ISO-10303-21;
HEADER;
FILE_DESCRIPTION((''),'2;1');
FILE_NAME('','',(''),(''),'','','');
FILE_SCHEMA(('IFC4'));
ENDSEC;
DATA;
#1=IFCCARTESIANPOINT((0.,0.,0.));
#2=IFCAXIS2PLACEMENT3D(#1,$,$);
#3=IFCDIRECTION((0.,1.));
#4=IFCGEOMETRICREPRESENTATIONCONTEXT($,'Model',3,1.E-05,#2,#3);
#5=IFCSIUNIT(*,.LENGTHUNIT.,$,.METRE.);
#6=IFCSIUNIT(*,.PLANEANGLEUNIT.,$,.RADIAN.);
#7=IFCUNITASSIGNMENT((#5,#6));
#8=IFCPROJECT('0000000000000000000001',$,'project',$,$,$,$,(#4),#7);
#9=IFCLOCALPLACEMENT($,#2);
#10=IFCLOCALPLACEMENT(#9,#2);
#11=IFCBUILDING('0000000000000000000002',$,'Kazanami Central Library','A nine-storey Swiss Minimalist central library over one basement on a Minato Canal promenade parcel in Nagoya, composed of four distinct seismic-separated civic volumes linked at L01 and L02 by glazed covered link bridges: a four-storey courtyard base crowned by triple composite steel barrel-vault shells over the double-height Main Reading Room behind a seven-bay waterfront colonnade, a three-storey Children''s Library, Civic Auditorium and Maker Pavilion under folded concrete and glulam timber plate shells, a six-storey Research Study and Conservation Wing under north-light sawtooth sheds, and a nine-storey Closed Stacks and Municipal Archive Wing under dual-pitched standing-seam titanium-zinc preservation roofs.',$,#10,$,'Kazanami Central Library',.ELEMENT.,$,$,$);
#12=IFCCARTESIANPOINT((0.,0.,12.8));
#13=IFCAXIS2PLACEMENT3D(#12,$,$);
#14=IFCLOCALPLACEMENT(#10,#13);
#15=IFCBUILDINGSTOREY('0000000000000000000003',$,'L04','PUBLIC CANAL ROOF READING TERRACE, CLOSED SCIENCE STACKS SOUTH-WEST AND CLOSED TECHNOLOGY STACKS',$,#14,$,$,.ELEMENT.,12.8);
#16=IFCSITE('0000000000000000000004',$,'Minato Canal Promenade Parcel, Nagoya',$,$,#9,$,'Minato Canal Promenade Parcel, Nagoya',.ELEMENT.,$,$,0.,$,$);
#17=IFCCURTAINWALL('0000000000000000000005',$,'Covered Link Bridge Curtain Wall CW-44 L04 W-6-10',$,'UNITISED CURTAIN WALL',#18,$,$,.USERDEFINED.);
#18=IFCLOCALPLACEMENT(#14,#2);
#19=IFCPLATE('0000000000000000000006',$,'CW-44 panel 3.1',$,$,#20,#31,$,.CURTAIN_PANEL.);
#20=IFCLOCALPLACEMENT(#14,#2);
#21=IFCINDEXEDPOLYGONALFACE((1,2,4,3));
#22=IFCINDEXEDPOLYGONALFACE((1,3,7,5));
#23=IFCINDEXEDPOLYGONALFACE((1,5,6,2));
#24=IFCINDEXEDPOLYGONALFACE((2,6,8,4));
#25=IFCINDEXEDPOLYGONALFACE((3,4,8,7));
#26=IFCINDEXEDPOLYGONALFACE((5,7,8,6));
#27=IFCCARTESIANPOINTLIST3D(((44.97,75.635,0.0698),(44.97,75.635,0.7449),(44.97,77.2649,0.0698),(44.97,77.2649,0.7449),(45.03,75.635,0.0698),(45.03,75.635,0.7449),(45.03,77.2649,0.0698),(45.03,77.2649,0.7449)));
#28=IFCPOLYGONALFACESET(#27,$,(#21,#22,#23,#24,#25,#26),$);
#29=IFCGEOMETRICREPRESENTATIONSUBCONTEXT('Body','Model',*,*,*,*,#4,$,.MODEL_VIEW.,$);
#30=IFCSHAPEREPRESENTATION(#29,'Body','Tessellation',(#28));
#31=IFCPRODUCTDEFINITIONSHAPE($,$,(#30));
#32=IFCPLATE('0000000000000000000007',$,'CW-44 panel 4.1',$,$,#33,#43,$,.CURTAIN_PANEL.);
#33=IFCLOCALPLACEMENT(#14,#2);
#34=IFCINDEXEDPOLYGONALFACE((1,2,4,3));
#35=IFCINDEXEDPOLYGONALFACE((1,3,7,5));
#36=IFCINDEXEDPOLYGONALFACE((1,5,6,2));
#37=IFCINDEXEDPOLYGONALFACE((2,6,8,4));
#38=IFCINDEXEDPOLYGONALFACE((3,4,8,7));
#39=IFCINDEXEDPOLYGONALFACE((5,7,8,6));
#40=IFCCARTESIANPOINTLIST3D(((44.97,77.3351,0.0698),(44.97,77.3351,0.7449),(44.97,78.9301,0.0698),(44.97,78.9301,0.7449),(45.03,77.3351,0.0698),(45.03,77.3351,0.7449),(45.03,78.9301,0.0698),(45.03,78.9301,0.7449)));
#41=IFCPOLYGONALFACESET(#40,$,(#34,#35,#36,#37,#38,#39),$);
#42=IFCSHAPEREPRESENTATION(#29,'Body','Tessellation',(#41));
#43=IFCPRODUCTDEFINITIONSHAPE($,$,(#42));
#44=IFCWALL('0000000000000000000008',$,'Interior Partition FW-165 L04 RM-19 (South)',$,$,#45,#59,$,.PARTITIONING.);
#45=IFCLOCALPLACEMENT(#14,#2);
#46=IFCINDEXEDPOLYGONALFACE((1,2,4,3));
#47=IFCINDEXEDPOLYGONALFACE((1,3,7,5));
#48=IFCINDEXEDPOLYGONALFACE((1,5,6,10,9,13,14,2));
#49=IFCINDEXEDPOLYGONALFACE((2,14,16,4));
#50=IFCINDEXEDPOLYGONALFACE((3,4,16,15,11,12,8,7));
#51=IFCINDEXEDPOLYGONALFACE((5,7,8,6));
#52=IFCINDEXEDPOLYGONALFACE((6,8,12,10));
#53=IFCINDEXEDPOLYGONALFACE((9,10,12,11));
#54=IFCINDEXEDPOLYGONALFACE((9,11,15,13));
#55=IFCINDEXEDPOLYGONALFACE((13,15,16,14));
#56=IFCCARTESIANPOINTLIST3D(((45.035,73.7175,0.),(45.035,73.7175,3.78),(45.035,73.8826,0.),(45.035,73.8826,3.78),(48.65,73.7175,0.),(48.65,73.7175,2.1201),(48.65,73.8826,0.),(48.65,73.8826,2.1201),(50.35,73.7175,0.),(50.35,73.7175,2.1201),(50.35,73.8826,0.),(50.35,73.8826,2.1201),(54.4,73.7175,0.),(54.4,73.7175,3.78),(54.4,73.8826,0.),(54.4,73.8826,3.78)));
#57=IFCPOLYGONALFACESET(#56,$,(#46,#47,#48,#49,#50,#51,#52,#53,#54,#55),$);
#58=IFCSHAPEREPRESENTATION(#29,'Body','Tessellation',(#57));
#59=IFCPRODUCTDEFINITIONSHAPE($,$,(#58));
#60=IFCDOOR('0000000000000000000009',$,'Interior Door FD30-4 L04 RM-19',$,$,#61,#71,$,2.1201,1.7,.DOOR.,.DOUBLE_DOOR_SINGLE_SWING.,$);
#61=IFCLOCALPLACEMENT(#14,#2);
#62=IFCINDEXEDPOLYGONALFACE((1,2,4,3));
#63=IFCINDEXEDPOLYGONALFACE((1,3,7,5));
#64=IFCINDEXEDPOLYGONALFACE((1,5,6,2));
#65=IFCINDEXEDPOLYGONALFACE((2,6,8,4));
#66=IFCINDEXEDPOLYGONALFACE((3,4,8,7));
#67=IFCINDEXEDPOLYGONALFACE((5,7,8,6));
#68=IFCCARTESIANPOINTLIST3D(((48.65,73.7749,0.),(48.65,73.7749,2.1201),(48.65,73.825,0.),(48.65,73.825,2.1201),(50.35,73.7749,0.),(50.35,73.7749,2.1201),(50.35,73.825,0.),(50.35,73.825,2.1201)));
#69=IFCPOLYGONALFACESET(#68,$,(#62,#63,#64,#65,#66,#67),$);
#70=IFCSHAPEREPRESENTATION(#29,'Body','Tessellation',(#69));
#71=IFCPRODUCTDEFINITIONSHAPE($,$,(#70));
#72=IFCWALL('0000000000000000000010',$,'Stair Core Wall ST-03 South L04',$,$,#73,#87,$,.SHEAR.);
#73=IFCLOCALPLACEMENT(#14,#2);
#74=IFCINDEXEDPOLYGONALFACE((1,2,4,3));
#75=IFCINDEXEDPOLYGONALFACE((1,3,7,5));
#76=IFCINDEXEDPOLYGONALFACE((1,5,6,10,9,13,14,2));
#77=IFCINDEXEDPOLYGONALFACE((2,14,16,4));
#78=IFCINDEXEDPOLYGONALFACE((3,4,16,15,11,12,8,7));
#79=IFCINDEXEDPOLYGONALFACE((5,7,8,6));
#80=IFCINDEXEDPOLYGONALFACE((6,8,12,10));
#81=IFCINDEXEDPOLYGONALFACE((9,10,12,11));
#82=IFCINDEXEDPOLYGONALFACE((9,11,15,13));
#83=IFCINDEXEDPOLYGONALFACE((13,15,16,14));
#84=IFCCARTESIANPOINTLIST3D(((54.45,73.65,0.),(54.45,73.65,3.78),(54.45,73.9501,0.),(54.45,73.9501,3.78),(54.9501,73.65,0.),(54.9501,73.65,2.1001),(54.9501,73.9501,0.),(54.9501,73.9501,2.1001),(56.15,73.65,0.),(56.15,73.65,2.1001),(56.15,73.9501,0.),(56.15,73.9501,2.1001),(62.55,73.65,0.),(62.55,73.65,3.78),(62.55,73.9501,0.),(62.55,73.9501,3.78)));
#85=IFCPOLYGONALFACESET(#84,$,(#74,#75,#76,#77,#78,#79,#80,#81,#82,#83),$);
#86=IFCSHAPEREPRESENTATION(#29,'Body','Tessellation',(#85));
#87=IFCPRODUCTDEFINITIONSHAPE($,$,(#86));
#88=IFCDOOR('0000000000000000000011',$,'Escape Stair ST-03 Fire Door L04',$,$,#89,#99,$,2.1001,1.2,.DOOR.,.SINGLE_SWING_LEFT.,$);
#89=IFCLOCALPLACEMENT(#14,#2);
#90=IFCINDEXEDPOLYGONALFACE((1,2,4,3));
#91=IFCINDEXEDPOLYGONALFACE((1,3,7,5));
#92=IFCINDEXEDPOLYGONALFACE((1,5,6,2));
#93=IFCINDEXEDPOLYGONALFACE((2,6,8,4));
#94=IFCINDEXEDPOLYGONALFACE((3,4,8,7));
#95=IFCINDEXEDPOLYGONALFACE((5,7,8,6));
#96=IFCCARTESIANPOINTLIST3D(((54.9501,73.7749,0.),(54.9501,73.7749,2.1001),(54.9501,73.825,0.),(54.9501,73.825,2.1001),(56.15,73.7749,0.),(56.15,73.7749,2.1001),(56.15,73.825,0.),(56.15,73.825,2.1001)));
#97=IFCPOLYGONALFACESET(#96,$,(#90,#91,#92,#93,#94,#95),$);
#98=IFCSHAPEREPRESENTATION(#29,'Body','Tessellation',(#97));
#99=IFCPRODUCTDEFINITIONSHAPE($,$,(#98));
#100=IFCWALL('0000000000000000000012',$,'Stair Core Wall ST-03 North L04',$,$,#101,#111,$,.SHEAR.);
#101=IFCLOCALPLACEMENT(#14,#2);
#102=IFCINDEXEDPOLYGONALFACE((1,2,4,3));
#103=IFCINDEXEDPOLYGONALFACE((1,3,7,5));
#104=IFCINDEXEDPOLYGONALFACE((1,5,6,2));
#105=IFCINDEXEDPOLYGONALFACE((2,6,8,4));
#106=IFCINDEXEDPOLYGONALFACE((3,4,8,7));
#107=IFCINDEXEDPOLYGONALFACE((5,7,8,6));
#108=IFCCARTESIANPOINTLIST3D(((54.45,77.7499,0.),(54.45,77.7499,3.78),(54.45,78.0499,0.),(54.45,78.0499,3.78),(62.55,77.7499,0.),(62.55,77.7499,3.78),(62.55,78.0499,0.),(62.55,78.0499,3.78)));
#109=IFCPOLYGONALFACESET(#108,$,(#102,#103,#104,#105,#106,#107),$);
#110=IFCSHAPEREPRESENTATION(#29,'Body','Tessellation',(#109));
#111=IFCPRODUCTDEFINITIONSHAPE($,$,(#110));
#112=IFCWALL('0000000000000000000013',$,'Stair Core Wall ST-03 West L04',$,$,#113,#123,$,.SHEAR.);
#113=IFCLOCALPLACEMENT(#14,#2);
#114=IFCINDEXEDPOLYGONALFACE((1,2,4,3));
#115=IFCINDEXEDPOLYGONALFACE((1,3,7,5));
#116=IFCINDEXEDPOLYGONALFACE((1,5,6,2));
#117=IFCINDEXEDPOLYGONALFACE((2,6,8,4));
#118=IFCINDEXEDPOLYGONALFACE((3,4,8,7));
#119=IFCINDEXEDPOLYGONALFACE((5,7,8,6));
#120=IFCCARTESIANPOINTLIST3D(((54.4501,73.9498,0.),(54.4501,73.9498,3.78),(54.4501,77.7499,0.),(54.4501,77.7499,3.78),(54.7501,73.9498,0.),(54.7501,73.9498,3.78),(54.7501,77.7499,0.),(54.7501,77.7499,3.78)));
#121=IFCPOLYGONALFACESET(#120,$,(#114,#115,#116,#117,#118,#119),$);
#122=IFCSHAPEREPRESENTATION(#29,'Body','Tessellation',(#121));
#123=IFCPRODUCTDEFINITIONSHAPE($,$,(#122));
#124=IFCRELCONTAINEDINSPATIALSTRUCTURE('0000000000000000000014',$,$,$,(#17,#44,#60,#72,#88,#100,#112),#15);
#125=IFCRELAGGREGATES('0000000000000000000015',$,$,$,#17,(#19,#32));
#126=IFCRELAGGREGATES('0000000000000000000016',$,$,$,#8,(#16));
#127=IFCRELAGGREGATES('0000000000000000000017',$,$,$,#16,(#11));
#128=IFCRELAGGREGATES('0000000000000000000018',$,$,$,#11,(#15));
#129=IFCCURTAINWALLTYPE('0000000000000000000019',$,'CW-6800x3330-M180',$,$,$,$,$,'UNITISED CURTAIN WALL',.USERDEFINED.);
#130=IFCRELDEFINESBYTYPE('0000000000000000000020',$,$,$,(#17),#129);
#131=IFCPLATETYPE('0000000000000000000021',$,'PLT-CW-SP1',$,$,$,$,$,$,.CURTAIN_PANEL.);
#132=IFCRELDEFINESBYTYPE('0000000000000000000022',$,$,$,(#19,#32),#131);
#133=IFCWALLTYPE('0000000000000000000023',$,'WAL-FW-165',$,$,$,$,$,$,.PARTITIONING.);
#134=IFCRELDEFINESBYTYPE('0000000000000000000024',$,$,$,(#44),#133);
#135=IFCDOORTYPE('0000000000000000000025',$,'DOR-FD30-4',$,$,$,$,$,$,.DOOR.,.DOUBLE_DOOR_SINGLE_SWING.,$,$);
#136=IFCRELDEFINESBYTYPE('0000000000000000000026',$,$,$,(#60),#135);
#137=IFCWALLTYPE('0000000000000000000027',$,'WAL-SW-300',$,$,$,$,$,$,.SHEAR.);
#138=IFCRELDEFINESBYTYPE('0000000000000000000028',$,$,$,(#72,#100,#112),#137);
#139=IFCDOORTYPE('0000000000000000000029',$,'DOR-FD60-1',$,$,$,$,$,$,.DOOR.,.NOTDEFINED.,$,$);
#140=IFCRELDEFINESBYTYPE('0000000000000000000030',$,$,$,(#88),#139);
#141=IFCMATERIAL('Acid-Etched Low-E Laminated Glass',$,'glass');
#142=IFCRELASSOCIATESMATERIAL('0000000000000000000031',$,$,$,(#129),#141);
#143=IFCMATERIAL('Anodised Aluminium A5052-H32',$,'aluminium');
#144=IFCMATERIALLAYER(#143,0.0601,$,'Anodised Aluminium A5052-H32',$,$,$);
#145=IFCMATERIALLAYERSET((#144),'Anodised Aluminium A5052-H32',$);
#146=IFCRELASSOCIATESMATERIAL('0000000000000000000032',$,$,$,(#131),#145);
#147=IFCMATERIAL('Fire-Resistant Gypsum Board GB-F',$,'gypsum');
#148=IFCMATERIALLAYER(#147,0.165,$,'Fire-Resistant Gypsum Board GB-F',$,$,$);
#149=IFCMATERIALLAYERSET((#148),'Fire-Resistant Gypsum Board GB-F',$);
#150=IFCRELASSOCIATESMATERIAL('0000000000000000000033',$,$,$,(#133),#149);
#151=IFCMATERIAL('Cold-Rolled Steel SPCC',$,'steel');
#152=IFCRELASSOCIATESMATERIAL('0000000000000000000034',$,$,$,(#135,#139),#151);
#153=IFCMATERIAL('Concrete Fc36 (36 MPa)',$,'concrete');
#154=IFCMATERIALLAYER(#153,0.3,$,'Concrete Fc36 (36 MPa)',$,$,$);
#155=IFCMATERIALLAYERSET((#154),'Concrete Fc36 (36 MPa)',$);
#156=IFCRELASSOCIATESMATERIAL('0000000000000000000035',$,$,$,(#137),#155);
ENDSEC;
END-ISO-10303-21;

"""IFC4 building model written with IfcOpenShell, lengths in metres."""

from ifc_helpers import new_model, si_unit, direction, frame, frame_2d, origin, origin_2d, place, context, subcontext, project, spatial, rectangle, extrude, material, layer, layer_set, type_object, element, fill, aggregate, save


model = new_model("IFC4")

# Units and contexts
model_context = context("Model", 3, precision=1e-05, world=origin(), true_north=direction((0.0, 1.0)))
body_context = subcontext(model_context, "Body", "Model", "MODEL_VIEW")
ifc_project = project(units=[si_unit("LENGTHUNIT", "METRE"), si_unit("PLANEANGLEUNIT", "RADIAN")], contexts=[model_context])

# Site, building, storey
site_placement = place(None, origin())
site = spatial("IfcSite", under=ifc_project, at=site_placement, Name="Minato Canal Promenade Parcel, Nagoya", LongName="Minato Canal Promenade Parcel, Nagoya", CompositionType="ELEMENT", RefElevation=0.0)
building_placement = place(site_placement, origin())
building = spatial("IfcBuilding", under=site, at=building_placement, Name="Kazanami Central Library", Description="A nine-storey Swiss Minimalist central library over one basement on a Minato Canal promenade parcel in Nagoya, composed of four distinct seismic-separated civic volumes linked at L01 and L02 by glazed covered link bridges: a four-storey courtyard base crowned by triple composite steel barrel-vault shells over the double-height Main Reading Room behind a seven-bay waterfront colonnade, a three-storey Children's Library, Civic Auditorium and Maker Pavilion under folded concrete and glulam timber plate shells, a six-storey Research Study and Conservation Wing under north-light sawtooth sheds, and a nine-storey Closed Stacks and Municipal Archive Wing under dual-pitched standing-seam titanium-zinc preservation roofs.", LongName="Kazanami Central Library", CompositionType="ELEMENT")
storey_placement = place(building_placement, frame((0.0, 0.0, 12.8)))
storey = spatial("IfcBuildingStorey", under=building, at=storey_placement, Name="L04", Description="PUBLIC CANAL ROOF READING TERRACE, CLOSED SCIENCE STACKS SOUTH-WEST AND CLOSED TECHNOLOGY STACKS", CompositionType="ELEMENT", Elevation=12.8)

# Curtain wall
ifc_material_1 = material(Name="Acid-Etched Low-E Laminated Glass", Category="glass")
curtain_wall_type = type_object("IfcCurtainWallType", Name="CW-6800x3330-M180", ElementType="UNITISED CURTAIN WALL", PredefinedType="USERDEFINED", material=ifc_material_1)
curtain_wall_1_placement = place(storey_placement, origin())
curtain_wall_1 = element("IfcCurtainWall", 1, at=curtain_wall_1_placement, inside=storey, type_object=curtain_wall_type, Name="Covered Link Bridge Curtain Wall CW-44 L04 W-6-10", ObjectType="UNITISED CURTAIN WALL", PredefinedType="USERDEFINED")

# Plates
ifc_material_2 = material(Name="Anodised Aluminium A5052-H32", Category="aluminium")
ifc_layer_1 = layer(ifc_material_2, 0.0601, Name="Anodised Aluminium A5052-H32")
ifc_layer_set_1 = layer_set([ifc_layer_1], Name="Anodised Aluminium A5052-H32")
plate_type_1 = type_object("IfcPlateType", Name="PLT-CW-SP1", PredefinedType="CURTAIN_PANEL", material=ifc_layer_set_1)
plate_1_placement = place(storey_placement, frame((45.0, 76.45, 0.0698), z_axis=(0.0, 0.0, 1.0), x_axis=(0.0, 1.0, 0.0)))
plate_1 = element("IfcPlate", 2, at=plate_1_placement, type_object=plate_type_1, Name="CW-44 panel 3.1", PredefinedType="CURTAIN_PANEL", context=body_context, shape_type="SweptSolid", body=[
    extrude(rectangle(XDim=1.6299, YDim=0.0601, at=origin_2d()), origin(), (0.0, 0.0, 1.0), 0.675),
])
plate_2_placement = place(storey_placement, frame((45.0, 78.1326, 0.0698), z_axis=(0.0, 0.0, 1.0), x_axis=(0.0, 1.0, 0.0)))
plate_2 = element("IfcPlate", 3, at=plate_2_placement, type_object=plate_type_1, Name="CW-44 panel 4.1", PredefinedType="CURTAIN_PANEL", context=body_context, shape_type="SweptSolid", body=[
    extrude(rectangle(XDim=1.595, YDim=0.0601, at=origin_2d()), origin(), (0.0, 0.0, 1.0), 0.675),
])
aggregate(curtain_wall_1, [plate_1, plate_2])

# Walls, openings, doors
ifc_material_3 = material(Name="Fire-Resistant Gypsum Board GB-F", Category="gypsum")
ifc_layer_2 = layer(ifc_material_3, 0.165, Name="Fire-Resistant Gypsum Board GB-F")
ifc_layer_set_2 = layer_set([ifc_layer_2], Name="Fire-Resistant Gypsum Board GB-F")
wall_type_1 = type_object("IfcWallType", Name="WAL-FW-165", PredefinedType="PARTITIONING", material=ifc_layer_set_2)
wall_1_placement = place(storey_placement, frame((45.0349, 73.8, 0.0), z_axis=(0.0, 0.0, 1.0), x_axis=(1.0, 0.0, 0.0)))
wall_1 = element("IfcWall", 4, at=wall_1_placement, inside=storey, type_object=wall_type_1, Name="Interior Partition FW-165 L04 RM-19 (South)", PredefinedType="PARTITIONING", context=body_context, shape_type="SweptSolid", body=[
    extrude(rectangle(XDim=9.365, YDim=0.165, at=frame_2d((4.6826, 0.0))), origin(), (0.0, 0.0, 1.0), 3.78),
])
opening_1_placement = place(wall_1_placement, frame((3.615, 0.0, 0.0)))
opening_1 = element("IfcOpeningElement", 5, at=opening_1_placement, cuts=wall_1, PredefinedType="OPENING", context=body_context, shape_type="SweptSolid", body=[
    extrude(rectangle(XDim=1.7, YDim=2.1201, at=frame_2d((0.8501, 1.0601))), frame((0.0, 0.0945, 0.0), z_axis=(0.0, -1.0, 0.0), x_axis=(1.0, 0.0, 0.0)), (0.0, 0.0, 1.0), 0.189),
])
ifc_material_4 = material(Name="Cold-Rolled Steel SPCC", Category="steel")
door_type_1 = type_object("IfcDoorType", Name="DOR-FD30-4", OperationType="DOUBLE_DOOR_SINGLE_SWING", PredefinedType="DOOR", material=ifc_material_4)
door_1_placement = place(opening_1_placement, origin())
door_1 = element("IfcDoor", 6, at=door_1_placement, inside=storey, type_object=door_type_1, Name="Interior Door FD30-4 L04 RM-19", OperationType="DOUBLE_DOOR_SINGLE_SWING", OverallHeight=2.1201, OverallWidth=1.7, PredefinedType="DOOR", context=body_context, shape_type="SweptSolid", body=[
    extrude(rectangle(XDim=1.7, YDim=2.1201, at=frame_2d((0.8501, 1.0601))), frame((0.0, 0.0249, 0.0), z_axis=(0.0, -1.0, 0.0), x_axis=(1.0, 0.0, 0.0)), (0.0, 0.0, 1.0), 0.05),
])
fill(opening_1, door_1)
ifc_material_5 = material(Name="Concrete Fc36 (36 MPa)", Category="concrete")
ifc_layer_3 = layer(ifc_material_5, 0.3, Name="Concrete Fc36 (36 MPa)")
ifc_layer_set_3 = layer_set([ifc_layer_3], Name="Concrete Fc36 (36 MPa)")
wall_type_2 = type_object("IfcWallType", Name="WAL-SW-300", PredefinedType="SHEAR", material=ifc_layer_set_3)
wall_2_placement = place(storey_placement, frame((54.45, 73.8, 0.0), z_axis=(0.0, 0.0, 1.0), x_axis=(1.0, 0.0, 0.0)))
wall_2 = element("IfcWall", 7, at=wall_2_placement, inside=storey, type_object=wall_type_2, Name="Stair Core Wall ST-03 South L04", PredefinedType="SHEAR", context=body_context, shape_type="SweptSolid", body=[
    extrude(rectangle(XDim=8.1001, YDim=0.3, at=frame_2d((4.05, 0.0))), origin(), (0.0, 0.0, 1.0), 3.78),
])
opening_2_placement = place(wall_2_placement, frame((0.5, 0.0, 0.0)))
opening_2 = element("IfcOpeningElement", 8, at=opening_2_placement, cuts=wall_2, PredefinedType="OPENING", context=body_context, shape_type="SweptSolid", body=[
    extrude(rectangle(XDim=1.2, YDim=2.1001, at=frame_2d((0.6001, 1.05))), frame((0.0, 0.1621, 0.0), z_axis=(0.0, -1.0, 0.0), x_axis=(1.0, 0.0, 0.0)), (0.0, 0.0, 1.0), 0.324),
])
door_type_2 = type_object("IfcDoorType", Name="DOR-FD60-1", OperationType="NOTDEFINED", PredefinedType="DOOR", material=ifc_material_4)
door_2_placement = place(opening_2_placement, origin())
door_2 = element("IfcDoor", 9, at=door_2_placement, inside=storey, type_object=door_type_2, Name="Escape Stair ST-03 Fire Door L04", OperationType="SINGLE_SWING_LEFT", OverallHeight=2.1001, OverallWidth=1.2, PredefinedType="DOOR", context=body_context, shape_type="SweptSolid", body=[
    extrude(rectangle(XDim=1.2, YDim=2.1001, at=frame_2d((0.6001, 1.05))), frame((0.0, 0.0249, 0.0), z_axis=(0.0, -1.0, 0.0), x_axis=(1.0, 0.0, 0.0)), (0.0, 0.0, 1.0), 0.05),
])
fill(opening_2, door_2)

# Walls
wall_3_placement = place(storey_placement, frame((54.45, 77.8999, 0.0), z_axis=(0.0, 0.0, 1.0), x_axis=(1.0, 0.0, 0.0)))
element("IfcWall", 10, at=wall_3_placement, inside=storey, type_object=wall_type_2, Name="Stair Core Wall ST-03 North L04", PredefinedType="SHEAR", context=body_context, shape_type="SweptSolid", body=[
    extrude(rectangle(XDim=8.1001, YDim=0.3, at=frame_2d((4.05, 0.0))), origin(), (0.0, 0.0, 1.0), 3.78),
])
wall_4_placement = place(storey_placement, frame((54.6001, 73.95, 0.0), z_axis=(0.0, 0.0, 1.0), x_axis=(0.0, 1.0, 0.0)))
element("IfcWall", 11, at=wall_4_placement, inside=storey, type_object=wall_type_2, Name="Stair Core Wall ST-03 West L04", PredefinedType="SHEAR", context=body_context, shape_type="SweptSolid", body=[
    extrude(rectangle(XDim=3.8, YDim=0.3, at=frame_2d((1.8999, 0.0))), origin(), (0.0, 0.0, 1.0), 3.78),
])

save(model, "model.ifc")
